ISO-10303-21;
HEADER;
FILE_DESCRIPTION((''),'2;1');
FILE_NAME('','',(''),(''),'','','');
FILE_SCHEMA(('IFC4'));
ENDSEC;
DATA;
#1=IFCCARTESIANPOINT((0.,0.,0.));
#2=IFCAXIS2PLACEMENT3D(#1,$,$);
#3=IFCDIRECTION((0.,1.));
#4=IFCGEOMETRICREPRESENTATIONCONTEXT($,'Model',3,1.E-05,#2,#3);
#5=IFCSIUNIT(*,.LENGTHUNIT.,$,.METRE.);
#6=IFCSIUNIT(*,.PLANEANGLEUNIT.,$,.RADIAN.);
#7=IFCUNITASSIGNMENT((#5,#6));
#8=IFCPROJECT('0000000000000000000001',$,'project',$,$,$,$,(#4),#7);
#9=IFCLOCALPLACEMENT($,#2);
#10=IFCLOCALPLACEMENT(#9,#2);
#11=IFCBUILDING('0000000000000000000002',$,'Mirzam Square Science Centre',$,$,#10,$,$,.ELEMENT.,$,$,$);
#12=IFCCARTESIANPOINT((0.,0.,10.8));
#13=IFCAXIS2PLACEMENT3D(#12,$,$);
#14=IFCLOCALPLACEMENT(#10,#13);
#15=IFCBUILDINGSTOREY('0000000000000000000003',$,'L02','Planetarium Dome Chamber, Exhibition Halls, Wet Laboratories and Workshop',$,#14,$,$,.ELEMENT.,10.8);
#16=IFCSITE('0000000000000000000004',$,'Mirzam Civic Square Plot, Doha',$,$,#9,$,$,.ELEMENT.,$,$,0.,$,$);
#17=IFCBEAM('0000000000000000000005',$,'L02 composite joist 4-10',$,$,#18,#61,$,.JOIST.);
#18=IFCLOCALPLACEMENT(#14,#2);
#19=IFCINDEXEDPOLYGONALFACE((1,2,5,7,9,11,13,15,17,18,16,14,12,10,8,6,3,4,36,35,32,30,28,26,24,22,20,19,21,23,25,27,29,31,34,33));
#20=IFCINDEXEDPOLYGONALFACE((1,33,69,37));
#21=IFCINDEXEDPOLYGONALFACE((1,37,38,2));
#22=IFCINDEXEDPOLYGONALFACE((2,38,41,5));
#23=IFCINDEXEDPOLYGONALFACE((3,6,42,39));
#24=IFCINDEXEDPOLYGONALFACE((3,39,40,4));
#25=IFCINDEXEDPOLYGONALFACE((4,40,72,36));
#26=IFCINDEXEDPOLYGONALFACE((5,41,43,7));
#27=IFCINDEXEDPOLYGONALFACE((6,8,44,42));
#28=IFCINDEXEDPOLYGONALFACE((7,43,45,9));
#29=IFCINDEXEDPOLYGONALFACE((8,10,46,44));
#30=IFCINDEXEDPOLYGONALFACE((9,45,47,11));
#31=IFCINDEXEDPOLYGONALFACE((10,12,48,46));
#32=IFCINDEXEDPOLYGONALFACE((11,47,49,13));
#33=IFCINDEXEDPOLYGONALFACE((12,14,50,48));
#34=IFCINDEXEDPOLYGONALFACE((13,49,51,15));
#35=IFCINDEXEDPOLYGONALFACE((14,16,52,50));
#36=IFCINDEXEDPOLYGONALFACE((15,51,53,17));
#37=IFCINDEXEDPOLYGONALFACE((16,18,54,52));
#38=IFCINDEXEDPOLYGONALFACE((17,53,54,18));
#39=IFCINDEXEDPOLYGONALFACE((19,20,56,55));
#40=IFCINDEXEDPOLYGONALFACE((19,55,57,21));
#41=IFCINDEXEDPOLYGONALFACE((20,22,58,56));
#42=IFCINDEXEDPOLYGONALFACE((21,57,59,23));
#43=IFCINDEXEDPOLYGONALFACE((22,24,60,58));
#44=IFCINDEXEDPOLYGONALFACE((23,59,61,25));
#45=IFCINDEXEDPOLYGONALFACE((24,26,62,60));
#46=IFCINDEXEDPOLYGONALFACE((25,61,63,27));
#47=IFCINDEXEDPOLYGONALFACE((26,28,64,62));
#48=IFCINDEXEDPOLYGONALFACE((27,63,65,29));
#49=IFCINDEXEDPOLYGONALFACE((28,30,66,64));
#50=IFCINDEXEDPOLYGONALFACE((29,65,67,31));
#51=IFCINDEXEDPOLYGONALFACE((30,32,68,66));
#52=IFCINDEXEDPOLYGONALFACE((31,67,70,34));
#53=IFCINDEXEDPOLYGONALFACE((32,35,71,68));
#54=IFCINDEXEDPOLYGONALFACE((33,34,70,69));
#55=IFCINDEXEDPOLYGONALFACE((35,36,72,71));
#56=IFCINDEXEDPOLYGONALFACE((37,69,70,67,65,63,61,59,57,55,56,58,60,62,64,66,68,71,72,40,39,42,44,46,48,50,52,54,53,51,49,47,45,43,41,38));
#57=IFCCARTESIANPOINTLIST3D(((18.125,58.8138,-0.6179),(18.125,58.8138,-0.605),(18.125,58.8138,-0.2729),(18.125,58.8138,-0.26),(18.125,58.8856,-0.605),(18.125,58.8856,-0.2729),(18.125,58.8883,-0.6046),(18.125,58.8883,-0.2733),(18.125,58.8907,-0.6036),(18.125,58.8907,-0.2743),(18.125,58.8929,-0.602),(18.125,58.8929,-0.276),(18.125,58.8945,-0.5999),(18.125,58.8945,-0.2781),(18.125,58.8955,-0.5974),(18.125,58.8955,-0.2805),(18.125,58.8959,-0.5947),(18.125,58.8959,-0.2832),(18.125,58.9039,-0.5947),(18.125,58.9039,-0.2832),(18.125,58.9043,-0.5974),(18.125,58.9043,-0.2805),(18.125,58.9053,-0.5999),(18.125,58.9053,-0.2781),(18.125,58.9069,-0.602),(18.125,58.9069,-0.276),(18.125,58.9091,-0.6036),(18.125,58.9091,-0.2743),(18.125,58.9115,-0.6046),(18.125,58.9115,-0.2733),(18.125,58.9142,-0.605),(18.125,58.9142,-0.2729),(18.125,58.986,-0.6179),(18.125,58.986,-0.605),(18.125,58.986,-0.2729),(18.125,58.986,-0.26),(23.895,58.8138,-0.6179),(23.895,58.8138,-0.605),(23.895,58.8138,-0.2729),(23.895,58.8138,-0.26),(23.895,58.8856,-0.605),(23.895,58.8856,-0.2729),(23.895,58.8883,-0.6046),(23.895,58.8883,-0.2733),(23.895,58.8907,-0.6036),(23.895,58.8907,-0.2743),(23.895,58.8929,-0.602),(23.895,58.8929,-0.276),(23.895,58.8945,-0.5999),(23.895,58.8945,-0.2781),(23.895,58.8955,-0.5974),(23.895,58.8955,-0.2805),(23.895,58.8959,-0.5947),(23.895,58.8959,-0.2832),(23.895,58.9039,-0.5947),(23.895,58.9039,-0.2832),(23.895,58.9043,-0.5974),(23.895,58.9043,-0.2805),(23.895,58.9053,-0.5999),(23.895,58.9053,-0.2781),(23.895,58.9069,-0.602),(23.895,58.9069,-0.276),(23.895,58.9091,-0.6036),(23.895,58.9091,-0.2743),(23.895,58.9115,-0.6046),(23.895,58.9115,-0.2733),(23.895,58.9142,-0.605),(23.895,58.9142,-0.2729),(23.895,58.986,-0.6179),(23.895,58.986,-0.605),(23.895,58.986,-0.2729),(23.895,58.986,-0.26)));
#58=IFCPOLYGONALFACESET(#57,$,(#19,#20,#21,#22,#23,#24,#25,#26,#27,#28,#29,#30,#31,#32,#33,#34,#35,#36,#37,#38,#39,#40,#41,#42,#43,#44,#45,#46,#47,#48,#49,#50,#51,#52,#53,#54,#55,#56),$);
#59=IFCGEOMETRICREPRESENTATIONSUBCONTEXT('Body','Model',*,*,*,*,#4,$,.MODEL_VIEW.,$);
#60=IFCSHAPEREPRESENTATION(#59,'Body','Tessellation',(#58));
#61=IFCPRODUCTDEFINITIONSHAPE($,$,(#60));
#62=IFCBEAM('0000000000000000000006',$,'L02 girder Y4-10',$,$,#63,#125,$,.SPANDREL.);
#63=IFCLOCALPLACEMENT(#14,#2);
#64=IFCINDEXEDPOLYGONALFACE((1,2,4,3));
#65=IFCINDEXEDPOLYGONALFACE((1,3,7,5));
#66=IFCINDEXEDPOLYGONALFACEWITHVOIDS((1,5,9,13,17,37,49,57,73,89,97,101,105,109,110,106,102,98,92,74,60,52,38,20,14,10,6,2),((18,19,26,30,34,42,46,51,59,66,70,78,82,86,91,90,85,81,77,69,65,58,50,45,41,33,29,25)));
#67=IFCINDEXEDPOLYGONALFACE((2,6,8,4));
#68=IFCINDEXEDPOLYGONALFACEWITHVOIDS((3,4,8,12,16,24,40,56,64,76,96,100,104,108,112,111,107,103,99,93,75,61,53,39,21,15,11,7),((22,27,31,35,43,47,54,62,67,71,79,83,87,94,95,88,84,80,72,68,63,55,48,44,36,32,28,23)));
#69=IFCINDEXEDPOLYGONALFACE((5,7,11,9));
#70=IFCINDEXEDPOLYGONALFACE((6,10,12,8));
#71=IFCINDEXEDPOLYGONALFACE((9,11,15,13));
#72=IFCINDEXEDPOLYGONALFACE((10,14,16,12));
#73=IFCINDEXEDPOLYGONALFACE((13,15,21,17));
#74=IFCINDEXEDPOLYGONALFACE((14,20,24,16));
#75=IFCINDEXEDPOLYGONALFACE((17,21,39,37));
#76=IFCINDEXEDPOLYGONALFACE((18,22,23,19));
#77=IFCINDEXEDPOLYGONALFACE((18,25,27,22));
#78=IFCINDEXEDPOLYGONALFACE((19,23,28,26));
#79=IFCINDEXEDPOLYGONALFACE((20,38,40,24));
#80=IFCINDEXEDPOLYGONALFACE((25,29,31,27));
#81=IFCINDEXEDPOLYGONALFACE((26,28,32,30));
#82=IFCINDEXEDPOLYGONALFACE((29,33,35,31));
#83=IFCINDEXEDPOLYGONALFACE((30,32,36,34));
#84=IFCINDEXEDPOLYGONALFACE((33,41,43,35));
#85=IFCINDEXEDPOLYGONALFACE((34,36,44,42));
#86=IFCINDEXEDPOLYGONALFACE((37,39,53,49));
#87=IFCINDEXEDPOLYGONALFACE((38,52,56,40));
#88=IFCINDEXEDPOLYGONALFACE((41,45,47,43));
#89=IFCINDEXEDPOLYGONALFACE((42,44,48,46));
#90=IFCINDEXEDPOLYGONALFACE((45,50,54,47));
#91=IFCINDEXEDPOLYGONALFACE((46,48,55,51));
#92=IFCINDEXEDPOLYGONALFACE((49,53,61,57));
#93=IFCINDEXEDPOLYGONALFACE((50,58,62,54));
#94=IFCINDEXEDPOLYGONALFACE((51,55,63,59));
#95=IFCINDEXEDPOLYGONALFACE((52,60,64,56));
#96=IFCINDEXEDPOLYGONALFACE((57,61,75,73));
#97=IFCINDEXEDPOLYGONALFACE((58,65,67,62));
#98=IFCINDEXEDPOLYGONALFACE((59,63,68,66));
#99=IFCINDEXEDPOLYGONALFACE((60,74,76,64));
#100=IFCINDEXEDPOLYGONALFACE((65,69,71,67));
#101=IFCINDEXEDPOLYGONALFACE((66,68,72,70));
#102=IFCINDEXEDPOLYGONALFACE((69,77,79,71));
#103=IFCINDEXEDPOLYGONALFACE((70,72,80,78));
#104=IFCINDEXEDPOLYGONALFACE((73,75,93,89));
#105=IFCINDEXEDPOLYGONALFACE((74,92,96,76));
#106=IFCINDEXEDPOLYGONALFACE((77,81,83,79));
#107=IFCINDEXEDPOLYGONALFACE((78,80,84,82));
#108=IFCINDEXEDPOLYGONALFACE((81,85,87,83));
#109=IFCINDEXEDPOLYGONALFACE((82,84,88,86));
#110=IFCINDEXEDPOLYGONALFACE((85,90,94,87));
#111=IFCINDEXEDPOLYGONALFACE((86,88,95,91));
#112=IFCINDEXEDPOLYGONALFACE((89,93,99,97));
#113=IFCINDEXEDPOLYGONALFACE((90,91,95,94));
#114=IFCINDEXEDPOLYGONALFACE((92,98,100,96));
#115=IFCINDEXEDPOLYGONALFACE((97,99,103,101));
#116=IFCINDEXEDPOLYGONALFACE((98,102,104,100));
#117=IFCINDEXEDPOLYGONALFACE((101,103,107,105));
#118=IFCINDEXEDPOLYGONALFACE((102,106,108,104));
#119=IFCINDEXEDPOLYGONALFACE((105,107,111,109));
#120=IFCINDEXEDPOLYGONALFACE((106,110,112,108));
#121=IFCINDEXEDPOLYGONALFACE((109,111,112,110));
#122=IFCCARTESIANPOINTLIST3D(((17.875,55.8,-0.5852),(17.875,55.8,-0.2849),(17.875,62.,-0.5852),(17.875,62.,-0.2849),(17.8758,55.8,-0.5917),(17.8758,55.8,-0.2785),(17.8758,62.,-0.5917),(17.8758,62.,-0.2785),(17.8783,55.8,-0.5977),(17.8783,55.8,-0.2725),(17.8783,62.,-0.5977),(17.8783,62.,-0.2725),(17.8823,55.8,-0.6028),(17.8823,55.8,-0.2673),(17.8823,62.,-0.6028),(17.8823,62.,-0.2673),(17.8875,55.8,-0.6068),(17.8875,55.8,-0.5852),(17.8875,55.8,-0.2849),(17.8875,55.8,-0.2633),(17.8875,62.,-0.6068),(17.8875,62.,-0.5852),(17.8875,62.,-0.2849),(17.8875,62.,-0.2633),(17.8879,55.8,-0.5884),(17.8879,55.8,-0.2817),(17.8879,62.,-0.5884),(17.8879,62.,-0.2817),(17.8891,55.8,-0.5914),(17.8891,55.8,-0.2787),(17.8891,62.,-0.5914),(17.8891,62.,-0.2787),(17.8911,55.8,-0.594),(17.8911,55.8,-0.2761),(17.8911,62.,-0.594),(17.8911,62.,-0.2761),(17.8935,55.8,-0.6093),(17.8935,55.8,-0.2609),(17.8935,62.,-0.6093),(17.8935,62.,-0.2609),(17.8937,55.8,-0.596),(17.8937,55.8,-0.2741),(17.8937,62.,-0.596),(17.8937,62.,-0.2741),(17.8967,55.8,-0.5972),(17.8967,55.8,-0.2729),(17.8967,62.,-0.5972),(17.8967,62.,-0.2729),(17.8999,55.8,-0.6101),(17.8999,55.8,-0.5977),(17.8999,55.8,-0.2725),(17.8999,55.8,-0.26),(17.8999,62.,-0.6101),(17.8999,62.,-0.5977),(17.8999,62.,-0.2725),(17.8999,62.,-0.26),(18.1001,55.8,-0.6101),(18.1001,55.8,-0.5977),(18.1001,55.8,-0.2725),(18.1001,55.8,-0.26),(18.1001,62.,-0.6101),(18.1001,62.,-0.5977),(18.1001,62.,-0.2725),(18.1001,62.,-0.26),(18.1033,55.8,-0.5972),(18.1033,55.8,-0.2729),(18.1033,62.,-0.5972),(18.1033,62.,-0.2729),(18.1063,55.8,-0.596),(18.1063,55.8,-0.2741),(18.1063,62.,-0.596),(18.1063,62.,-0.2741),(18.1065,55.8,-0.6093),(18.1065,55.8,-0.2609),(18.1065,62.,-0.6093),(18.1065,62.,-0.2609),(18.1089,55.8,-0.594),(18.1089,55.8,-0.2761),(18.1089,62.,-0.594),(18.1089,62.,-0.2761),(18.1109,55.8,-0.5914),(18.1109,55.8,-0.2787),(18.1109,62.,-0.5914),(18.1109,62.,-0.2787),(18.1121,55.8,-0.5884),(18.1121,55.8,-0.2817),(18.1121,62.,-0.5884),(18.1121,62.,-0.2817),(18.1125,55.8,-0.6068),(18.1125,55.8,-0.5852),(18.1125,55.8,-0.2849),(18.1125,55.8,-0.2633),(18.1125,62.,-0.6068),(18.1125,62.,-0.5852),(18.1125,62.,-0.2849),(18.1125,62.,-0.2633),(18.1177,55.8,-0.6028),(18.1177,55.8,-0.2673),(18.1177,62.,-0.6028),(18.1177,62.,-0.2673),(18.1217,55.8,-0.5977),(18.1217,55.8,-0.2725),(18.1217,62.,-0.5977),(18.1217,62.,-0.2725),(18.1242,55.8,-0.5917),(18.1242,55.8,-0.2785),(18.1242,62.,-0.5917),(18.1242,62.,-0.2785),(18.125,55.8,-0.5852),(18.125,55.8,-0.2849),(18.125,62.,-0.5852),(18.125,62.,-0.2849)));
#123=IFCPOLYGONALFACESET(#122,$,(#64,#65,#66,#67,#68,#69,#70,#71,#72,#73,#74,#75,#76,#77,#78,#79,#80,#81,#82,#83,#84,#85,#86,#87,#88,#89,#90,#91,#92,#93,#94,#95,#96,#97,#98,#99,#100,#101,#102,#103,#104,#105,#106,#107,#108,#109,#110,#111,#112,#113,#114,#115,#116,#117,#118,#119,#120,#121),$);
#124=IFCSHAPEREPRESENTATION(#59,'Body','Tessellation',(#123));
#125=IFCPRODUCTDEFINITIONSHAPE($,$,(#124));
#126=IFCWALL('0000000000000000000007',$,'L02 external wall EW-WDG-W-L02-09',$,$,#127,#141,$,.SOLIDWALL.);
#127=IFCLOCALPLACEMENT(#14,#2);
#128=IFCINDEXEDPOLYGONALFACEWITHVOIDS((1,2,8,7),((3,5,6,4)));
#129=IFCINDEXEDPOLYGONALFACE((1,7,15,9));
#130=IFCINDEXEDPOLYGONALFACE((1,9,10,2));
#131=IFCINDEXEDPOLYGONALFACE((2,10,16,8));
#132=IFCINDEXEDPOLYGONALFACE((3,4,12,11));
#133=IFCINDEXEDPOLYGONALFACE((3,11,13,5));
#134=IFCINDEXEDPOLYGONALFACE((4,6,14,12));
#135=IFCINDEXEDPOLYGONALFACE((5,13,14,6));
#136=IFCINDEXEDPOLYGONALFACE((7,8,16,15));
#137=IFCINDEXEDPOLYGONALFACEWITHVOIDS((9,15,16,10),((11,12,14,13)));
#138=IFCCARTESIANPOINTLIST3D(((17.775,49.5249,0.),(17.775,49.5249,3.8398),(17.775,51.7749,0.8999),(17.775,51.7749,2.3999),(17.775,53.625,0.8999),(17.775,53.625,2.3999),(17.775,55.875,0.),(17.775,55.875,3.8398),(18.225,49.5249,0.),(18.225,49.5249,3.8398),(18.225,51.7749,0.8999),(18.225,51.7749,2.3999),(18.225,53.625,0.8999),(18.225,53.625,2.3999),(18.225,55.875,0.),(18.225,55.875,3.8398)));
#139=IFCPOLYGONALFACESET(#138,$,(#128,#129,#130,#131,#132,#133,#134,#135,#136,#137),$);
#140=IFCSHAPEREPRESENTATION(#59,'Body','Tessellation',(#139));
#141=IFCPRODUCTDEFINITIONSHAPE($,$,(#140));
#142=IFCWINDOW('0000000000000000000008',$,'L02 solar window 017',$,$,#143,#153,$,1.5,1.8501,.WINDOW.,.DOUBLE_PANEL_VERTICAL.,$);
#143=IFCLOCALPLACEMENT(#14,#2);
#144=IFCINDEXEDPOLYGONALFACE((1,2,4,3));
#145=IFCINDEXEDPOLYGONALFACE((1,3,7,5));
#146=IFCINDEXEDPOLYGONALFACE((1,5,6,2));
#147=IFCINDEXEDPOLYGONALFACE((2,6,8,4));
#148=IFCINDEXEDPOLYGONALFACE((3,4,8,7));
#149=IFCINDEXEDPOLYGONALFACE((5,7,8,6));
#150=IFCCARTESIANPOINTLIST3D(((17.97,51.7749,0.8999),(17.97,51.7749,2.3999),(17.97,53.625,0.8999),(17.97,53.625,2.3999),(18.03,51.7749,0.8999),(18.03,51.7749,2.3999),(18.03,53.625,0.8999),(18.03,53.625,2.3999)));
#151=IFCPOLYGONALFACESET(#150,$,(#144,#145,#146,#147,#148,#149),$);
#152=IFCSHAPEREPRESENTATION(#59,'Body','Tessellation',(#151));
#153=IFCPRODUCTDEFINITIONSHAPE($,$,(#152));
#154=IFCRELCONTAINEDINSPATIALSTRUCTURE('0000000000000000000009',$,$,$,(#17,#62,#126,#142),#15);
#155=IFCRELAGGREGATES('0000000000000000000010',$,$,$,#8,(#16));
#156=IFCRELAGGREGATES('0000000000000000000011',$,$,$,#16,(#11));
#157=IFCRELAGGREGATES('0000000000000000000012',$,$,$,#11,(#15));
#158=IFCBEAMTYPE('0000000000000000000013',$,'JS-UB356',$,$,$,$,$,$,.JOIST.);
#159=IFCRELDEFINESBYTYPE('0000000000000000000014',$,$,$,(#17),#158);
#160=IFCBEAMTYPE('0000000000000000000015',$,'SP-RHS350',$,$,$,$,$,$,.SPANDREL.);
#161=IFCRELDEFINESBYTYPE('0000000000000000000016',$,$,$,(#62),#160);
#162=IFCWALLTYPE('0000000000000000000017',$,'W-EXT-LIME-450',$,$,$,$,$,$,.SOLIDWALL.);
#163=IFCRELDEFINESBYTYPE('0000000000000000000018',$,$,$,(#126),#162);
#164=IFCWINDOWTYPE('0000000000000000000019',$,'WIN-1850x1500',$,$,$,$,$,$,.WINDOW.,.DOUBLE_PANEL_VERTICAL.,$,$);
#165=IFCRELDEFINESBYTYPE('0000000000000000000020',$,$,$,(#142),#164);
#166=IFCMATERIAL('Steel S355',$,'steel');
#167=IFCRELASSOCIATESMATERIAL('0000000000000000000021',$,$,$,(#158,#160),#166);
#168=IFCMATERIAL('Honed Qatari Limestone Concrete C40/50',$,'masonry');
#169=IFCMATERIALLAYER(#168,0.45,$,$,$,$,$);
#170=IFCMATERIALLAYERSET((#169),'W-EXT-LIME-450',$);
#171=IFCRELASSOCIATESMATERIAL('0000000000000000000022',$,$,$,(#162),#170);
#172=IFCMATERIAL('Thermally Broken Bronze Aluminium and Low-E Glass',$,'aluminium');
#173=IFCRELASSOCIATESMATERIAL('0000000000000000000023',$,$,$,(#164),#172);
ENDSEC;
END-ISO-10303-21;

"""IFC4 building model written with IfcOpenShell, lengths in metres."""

from ifc_helpers import new_model, si_unit, direction, frame, frame_2d, origin, origin_2d, place, context, subcontext, project, spatial, rectangle, hollow_rectangle, i_section, extrude, material, layer, layer_set, material_profile, profile_set, type_object, element, fill, save


model = new_model("IFC4")

# Units and contexts
model_context = context("Model", 3, precision=1e-05, world=origin(), true_north=direction((0.0, 1.0)))
body_context = subcontext(model_context, "Body", "Model", "MODEL_VIEW")
ifc_project = project(units=[si_unit("LENGTHUNIT", "METRE"), si_unit("PLANEANGLEUNIT", "RADIAN")], contexts=[model_context])

# Site, building, storey
site_placement = place(None, origin())
site = spatial("IfcSite", under=ifc_project, at=site_placement, Name="Mirzam Civic Square Plot, Doha", CompositionType="ELEMENT", RefElevation=0.0)
building_placement = place(site_placement, origin())
building = spatial("IfcBuilding", under=site, at=building_placement, Name="Mirzam Square Science Centre", CompositionType="ELEMENT")
storey_placement = place(building_placement, frame((0.0, 0.0, 10.8)))
storey = spatial("IfcBuildingStorey", under=building, at=storey_placement, Name="L02", Description="Planetarium Dome Chamber, Exhibition Halls, Wet Laboratories and Workshop", CompositionType="ELEMENT", Elevation=10.8)

# Shared definitions
ifc_material_1 = material(Name="Steel S355", Category="steel")

# Beams
ifc_material_profile_1 = material_profile(ifc_material_1, i_section(OverallWidth=0.1721, OverallDepth=0.3579, WebThickness=0.0081, FlangeThickness=0.0129, FilletRadius=0.0103, at=origin_2d()), Name="356x171x57UB")
ifc_profile_set_1 = profile_set([ifc_material_profile_1], Name="Steel S355")
beam_type_1 = type_object("IfcBeamType", Name="JS-UB356", PredefinedType="JOIST", material=ifc_profile_set_1)
beam_1_placement = place(storey_placement, frame((18.125, 58.8999, -0.439), z_axis=(1.0, 0.0, 0.0), x_axis=(0.0, 1.0, 0.0)))
element("IfcBeam", 1, at=beam_1_placement, inside=storey, type_object=beam_type_1, Name="L02 composite joist 4-10", PredefinedType="JOIST", context=body_context, shape_type="SweptSolid", body=[
    extrude(i_section(OverallWidth=0.1721, OverallDepth=0.3579, WebThickness=0.0081, FlangeThickness=0.0129, FilletRadius=0.0103, at=origin_2d()), origin(), (0.0, 0.0, 1.0), 5.77),
])
ifc_material_profile_2 = material_profile(ifc_material_1, hollow_rectangle(XDim=0.25, YDim=0.3501, WallThickness=0.0125, InnerFilletRadius=0.0125, OuterFilletRadius=0.0249, at=origin_2d()), Name="350x250x12.5RHS")
ifc_profile_set_2 = profile_set([ifc_material_profile_2], Name="Steel S355")
beam_type_2 = type_object("IfcBeamType", Name="SP-RHS350", PredefinedType="SPANDREL", material=ifc_profile_set_2)
beam_2_placement = place(storey_placement, frame((18.0, 55.8, -0.4351), z_axis=(0.0, 1.0, 0.0), x_axis=(-1.0, 0.0, 0.0)))
element("IfcBeam", 2, at=beam_2_placement, inside=storey, type_object=beam_type_2, Name="L02 girder Y4-10", PredefinedType="SPANDREL", context=body_context, shape_type="SweptSolid", body=[
    extrude(hollow_rectangle(XDim=0.25, YDim=0.3501, WallThickness=0.0125, InnerFilletRadius=0.0125, OuterFilletRadius=0.0249, at=origin_2d()), origin(), (0.0, 0.0, 1.0), 6.2),
])

# Wall, opening, window
ifc_material_2 = material(Name="Honed Qatari Limestone Concrete C40/50", Category="masonry")
ifc_layer_1 = layer(ifc_material_2, 0.45)
ifc_layer_set_1 = layer_set([ifc_layer_1], Name="W-EXT-LIME-450")
wall_type_1 = type_object("IfcWallType", Name="W-EXT-LIME-450", PredefinedType="SOLIDWALL", material=ifc_layer_set_1)
wall_1_placement = place(storey_placement, frame((18.0, 55.875, 0.0), z_axis=(0.0, 0.0, 1.0), x_axis=(0.0, -1.0, 0.0)))
wall_1 = element("IfcWall", 3, at=wall_1_placement, inside=storey, type_object=wall_type_1, Name="L02 external wall EW-WDG-W-L02-09", PredefinedType="SOLIDWALL", context=body_context, shape_type="SweptSolid", body=[
    extrude(rectangle(XDim=6.3501, YDim=0.45, at=frame_2d((3.175, 0.0))), origin(), (0.0, 0.0, 1.0), 3.8398),
])
opening_1_placement = place(wall_1_placement, frame((2.25, 0.0, 0.8999)))
opening_1 = element("IfcOpeningElement", 4, at=opening_1_placement, cuts=wall_1, PredefinedType="OPENING", context=body_context, shape_type="SweptSolid", body=[
    extrude(rectangle(XDim=1.8501, YDim=1.5, at=frame_2d((0.925, 0.75))), frame((0.0, 0.2349, 0.0), z_axis=(0.0, -1.0, 0.0), x_axis=(1.0, 0.0, 0.0)), (0.0, 0.0, 1.0), 0.47),
])
ifc_material_3 = material(Name="Thermally Broken Bronze Aluminium and Low-E Glass", Category="aluminium")
window_type = type_object("IfcWindowType", Name="WIN-1850x1500", PartitioningType="DOUBLE_PANEL_VERTICAL", PredefinedType="WINDOW", material=ifc_material_3)
window_placement = place(opening_1_placement, origin())
window = element("IfcWindow", 5, at=window_placement, inside=storey, type_object=window_type, Name="L02 solar window 017", OverallHeight=1.5, OverallWidth=1.8501, PartitioningType="DOUBLE_PANEL_VERTICAL", PredefinedType="WINDOW", context=body_context, shape_type="SweptSolid", body=[
    extrude(rectangle(XDim=1.8501, YDim=1.5, at=frame_2d((0.925, 0.75))), frame((0.0, 0.03, 0.0), z_axis=(0.0, -1.0, 0.0), x_axis=(1.0, 0.0, 0.0)), (0.0, 0.0, 1.0), 0.0601),
])
fill(opening_1, window)

save(model, "model.ifc")
